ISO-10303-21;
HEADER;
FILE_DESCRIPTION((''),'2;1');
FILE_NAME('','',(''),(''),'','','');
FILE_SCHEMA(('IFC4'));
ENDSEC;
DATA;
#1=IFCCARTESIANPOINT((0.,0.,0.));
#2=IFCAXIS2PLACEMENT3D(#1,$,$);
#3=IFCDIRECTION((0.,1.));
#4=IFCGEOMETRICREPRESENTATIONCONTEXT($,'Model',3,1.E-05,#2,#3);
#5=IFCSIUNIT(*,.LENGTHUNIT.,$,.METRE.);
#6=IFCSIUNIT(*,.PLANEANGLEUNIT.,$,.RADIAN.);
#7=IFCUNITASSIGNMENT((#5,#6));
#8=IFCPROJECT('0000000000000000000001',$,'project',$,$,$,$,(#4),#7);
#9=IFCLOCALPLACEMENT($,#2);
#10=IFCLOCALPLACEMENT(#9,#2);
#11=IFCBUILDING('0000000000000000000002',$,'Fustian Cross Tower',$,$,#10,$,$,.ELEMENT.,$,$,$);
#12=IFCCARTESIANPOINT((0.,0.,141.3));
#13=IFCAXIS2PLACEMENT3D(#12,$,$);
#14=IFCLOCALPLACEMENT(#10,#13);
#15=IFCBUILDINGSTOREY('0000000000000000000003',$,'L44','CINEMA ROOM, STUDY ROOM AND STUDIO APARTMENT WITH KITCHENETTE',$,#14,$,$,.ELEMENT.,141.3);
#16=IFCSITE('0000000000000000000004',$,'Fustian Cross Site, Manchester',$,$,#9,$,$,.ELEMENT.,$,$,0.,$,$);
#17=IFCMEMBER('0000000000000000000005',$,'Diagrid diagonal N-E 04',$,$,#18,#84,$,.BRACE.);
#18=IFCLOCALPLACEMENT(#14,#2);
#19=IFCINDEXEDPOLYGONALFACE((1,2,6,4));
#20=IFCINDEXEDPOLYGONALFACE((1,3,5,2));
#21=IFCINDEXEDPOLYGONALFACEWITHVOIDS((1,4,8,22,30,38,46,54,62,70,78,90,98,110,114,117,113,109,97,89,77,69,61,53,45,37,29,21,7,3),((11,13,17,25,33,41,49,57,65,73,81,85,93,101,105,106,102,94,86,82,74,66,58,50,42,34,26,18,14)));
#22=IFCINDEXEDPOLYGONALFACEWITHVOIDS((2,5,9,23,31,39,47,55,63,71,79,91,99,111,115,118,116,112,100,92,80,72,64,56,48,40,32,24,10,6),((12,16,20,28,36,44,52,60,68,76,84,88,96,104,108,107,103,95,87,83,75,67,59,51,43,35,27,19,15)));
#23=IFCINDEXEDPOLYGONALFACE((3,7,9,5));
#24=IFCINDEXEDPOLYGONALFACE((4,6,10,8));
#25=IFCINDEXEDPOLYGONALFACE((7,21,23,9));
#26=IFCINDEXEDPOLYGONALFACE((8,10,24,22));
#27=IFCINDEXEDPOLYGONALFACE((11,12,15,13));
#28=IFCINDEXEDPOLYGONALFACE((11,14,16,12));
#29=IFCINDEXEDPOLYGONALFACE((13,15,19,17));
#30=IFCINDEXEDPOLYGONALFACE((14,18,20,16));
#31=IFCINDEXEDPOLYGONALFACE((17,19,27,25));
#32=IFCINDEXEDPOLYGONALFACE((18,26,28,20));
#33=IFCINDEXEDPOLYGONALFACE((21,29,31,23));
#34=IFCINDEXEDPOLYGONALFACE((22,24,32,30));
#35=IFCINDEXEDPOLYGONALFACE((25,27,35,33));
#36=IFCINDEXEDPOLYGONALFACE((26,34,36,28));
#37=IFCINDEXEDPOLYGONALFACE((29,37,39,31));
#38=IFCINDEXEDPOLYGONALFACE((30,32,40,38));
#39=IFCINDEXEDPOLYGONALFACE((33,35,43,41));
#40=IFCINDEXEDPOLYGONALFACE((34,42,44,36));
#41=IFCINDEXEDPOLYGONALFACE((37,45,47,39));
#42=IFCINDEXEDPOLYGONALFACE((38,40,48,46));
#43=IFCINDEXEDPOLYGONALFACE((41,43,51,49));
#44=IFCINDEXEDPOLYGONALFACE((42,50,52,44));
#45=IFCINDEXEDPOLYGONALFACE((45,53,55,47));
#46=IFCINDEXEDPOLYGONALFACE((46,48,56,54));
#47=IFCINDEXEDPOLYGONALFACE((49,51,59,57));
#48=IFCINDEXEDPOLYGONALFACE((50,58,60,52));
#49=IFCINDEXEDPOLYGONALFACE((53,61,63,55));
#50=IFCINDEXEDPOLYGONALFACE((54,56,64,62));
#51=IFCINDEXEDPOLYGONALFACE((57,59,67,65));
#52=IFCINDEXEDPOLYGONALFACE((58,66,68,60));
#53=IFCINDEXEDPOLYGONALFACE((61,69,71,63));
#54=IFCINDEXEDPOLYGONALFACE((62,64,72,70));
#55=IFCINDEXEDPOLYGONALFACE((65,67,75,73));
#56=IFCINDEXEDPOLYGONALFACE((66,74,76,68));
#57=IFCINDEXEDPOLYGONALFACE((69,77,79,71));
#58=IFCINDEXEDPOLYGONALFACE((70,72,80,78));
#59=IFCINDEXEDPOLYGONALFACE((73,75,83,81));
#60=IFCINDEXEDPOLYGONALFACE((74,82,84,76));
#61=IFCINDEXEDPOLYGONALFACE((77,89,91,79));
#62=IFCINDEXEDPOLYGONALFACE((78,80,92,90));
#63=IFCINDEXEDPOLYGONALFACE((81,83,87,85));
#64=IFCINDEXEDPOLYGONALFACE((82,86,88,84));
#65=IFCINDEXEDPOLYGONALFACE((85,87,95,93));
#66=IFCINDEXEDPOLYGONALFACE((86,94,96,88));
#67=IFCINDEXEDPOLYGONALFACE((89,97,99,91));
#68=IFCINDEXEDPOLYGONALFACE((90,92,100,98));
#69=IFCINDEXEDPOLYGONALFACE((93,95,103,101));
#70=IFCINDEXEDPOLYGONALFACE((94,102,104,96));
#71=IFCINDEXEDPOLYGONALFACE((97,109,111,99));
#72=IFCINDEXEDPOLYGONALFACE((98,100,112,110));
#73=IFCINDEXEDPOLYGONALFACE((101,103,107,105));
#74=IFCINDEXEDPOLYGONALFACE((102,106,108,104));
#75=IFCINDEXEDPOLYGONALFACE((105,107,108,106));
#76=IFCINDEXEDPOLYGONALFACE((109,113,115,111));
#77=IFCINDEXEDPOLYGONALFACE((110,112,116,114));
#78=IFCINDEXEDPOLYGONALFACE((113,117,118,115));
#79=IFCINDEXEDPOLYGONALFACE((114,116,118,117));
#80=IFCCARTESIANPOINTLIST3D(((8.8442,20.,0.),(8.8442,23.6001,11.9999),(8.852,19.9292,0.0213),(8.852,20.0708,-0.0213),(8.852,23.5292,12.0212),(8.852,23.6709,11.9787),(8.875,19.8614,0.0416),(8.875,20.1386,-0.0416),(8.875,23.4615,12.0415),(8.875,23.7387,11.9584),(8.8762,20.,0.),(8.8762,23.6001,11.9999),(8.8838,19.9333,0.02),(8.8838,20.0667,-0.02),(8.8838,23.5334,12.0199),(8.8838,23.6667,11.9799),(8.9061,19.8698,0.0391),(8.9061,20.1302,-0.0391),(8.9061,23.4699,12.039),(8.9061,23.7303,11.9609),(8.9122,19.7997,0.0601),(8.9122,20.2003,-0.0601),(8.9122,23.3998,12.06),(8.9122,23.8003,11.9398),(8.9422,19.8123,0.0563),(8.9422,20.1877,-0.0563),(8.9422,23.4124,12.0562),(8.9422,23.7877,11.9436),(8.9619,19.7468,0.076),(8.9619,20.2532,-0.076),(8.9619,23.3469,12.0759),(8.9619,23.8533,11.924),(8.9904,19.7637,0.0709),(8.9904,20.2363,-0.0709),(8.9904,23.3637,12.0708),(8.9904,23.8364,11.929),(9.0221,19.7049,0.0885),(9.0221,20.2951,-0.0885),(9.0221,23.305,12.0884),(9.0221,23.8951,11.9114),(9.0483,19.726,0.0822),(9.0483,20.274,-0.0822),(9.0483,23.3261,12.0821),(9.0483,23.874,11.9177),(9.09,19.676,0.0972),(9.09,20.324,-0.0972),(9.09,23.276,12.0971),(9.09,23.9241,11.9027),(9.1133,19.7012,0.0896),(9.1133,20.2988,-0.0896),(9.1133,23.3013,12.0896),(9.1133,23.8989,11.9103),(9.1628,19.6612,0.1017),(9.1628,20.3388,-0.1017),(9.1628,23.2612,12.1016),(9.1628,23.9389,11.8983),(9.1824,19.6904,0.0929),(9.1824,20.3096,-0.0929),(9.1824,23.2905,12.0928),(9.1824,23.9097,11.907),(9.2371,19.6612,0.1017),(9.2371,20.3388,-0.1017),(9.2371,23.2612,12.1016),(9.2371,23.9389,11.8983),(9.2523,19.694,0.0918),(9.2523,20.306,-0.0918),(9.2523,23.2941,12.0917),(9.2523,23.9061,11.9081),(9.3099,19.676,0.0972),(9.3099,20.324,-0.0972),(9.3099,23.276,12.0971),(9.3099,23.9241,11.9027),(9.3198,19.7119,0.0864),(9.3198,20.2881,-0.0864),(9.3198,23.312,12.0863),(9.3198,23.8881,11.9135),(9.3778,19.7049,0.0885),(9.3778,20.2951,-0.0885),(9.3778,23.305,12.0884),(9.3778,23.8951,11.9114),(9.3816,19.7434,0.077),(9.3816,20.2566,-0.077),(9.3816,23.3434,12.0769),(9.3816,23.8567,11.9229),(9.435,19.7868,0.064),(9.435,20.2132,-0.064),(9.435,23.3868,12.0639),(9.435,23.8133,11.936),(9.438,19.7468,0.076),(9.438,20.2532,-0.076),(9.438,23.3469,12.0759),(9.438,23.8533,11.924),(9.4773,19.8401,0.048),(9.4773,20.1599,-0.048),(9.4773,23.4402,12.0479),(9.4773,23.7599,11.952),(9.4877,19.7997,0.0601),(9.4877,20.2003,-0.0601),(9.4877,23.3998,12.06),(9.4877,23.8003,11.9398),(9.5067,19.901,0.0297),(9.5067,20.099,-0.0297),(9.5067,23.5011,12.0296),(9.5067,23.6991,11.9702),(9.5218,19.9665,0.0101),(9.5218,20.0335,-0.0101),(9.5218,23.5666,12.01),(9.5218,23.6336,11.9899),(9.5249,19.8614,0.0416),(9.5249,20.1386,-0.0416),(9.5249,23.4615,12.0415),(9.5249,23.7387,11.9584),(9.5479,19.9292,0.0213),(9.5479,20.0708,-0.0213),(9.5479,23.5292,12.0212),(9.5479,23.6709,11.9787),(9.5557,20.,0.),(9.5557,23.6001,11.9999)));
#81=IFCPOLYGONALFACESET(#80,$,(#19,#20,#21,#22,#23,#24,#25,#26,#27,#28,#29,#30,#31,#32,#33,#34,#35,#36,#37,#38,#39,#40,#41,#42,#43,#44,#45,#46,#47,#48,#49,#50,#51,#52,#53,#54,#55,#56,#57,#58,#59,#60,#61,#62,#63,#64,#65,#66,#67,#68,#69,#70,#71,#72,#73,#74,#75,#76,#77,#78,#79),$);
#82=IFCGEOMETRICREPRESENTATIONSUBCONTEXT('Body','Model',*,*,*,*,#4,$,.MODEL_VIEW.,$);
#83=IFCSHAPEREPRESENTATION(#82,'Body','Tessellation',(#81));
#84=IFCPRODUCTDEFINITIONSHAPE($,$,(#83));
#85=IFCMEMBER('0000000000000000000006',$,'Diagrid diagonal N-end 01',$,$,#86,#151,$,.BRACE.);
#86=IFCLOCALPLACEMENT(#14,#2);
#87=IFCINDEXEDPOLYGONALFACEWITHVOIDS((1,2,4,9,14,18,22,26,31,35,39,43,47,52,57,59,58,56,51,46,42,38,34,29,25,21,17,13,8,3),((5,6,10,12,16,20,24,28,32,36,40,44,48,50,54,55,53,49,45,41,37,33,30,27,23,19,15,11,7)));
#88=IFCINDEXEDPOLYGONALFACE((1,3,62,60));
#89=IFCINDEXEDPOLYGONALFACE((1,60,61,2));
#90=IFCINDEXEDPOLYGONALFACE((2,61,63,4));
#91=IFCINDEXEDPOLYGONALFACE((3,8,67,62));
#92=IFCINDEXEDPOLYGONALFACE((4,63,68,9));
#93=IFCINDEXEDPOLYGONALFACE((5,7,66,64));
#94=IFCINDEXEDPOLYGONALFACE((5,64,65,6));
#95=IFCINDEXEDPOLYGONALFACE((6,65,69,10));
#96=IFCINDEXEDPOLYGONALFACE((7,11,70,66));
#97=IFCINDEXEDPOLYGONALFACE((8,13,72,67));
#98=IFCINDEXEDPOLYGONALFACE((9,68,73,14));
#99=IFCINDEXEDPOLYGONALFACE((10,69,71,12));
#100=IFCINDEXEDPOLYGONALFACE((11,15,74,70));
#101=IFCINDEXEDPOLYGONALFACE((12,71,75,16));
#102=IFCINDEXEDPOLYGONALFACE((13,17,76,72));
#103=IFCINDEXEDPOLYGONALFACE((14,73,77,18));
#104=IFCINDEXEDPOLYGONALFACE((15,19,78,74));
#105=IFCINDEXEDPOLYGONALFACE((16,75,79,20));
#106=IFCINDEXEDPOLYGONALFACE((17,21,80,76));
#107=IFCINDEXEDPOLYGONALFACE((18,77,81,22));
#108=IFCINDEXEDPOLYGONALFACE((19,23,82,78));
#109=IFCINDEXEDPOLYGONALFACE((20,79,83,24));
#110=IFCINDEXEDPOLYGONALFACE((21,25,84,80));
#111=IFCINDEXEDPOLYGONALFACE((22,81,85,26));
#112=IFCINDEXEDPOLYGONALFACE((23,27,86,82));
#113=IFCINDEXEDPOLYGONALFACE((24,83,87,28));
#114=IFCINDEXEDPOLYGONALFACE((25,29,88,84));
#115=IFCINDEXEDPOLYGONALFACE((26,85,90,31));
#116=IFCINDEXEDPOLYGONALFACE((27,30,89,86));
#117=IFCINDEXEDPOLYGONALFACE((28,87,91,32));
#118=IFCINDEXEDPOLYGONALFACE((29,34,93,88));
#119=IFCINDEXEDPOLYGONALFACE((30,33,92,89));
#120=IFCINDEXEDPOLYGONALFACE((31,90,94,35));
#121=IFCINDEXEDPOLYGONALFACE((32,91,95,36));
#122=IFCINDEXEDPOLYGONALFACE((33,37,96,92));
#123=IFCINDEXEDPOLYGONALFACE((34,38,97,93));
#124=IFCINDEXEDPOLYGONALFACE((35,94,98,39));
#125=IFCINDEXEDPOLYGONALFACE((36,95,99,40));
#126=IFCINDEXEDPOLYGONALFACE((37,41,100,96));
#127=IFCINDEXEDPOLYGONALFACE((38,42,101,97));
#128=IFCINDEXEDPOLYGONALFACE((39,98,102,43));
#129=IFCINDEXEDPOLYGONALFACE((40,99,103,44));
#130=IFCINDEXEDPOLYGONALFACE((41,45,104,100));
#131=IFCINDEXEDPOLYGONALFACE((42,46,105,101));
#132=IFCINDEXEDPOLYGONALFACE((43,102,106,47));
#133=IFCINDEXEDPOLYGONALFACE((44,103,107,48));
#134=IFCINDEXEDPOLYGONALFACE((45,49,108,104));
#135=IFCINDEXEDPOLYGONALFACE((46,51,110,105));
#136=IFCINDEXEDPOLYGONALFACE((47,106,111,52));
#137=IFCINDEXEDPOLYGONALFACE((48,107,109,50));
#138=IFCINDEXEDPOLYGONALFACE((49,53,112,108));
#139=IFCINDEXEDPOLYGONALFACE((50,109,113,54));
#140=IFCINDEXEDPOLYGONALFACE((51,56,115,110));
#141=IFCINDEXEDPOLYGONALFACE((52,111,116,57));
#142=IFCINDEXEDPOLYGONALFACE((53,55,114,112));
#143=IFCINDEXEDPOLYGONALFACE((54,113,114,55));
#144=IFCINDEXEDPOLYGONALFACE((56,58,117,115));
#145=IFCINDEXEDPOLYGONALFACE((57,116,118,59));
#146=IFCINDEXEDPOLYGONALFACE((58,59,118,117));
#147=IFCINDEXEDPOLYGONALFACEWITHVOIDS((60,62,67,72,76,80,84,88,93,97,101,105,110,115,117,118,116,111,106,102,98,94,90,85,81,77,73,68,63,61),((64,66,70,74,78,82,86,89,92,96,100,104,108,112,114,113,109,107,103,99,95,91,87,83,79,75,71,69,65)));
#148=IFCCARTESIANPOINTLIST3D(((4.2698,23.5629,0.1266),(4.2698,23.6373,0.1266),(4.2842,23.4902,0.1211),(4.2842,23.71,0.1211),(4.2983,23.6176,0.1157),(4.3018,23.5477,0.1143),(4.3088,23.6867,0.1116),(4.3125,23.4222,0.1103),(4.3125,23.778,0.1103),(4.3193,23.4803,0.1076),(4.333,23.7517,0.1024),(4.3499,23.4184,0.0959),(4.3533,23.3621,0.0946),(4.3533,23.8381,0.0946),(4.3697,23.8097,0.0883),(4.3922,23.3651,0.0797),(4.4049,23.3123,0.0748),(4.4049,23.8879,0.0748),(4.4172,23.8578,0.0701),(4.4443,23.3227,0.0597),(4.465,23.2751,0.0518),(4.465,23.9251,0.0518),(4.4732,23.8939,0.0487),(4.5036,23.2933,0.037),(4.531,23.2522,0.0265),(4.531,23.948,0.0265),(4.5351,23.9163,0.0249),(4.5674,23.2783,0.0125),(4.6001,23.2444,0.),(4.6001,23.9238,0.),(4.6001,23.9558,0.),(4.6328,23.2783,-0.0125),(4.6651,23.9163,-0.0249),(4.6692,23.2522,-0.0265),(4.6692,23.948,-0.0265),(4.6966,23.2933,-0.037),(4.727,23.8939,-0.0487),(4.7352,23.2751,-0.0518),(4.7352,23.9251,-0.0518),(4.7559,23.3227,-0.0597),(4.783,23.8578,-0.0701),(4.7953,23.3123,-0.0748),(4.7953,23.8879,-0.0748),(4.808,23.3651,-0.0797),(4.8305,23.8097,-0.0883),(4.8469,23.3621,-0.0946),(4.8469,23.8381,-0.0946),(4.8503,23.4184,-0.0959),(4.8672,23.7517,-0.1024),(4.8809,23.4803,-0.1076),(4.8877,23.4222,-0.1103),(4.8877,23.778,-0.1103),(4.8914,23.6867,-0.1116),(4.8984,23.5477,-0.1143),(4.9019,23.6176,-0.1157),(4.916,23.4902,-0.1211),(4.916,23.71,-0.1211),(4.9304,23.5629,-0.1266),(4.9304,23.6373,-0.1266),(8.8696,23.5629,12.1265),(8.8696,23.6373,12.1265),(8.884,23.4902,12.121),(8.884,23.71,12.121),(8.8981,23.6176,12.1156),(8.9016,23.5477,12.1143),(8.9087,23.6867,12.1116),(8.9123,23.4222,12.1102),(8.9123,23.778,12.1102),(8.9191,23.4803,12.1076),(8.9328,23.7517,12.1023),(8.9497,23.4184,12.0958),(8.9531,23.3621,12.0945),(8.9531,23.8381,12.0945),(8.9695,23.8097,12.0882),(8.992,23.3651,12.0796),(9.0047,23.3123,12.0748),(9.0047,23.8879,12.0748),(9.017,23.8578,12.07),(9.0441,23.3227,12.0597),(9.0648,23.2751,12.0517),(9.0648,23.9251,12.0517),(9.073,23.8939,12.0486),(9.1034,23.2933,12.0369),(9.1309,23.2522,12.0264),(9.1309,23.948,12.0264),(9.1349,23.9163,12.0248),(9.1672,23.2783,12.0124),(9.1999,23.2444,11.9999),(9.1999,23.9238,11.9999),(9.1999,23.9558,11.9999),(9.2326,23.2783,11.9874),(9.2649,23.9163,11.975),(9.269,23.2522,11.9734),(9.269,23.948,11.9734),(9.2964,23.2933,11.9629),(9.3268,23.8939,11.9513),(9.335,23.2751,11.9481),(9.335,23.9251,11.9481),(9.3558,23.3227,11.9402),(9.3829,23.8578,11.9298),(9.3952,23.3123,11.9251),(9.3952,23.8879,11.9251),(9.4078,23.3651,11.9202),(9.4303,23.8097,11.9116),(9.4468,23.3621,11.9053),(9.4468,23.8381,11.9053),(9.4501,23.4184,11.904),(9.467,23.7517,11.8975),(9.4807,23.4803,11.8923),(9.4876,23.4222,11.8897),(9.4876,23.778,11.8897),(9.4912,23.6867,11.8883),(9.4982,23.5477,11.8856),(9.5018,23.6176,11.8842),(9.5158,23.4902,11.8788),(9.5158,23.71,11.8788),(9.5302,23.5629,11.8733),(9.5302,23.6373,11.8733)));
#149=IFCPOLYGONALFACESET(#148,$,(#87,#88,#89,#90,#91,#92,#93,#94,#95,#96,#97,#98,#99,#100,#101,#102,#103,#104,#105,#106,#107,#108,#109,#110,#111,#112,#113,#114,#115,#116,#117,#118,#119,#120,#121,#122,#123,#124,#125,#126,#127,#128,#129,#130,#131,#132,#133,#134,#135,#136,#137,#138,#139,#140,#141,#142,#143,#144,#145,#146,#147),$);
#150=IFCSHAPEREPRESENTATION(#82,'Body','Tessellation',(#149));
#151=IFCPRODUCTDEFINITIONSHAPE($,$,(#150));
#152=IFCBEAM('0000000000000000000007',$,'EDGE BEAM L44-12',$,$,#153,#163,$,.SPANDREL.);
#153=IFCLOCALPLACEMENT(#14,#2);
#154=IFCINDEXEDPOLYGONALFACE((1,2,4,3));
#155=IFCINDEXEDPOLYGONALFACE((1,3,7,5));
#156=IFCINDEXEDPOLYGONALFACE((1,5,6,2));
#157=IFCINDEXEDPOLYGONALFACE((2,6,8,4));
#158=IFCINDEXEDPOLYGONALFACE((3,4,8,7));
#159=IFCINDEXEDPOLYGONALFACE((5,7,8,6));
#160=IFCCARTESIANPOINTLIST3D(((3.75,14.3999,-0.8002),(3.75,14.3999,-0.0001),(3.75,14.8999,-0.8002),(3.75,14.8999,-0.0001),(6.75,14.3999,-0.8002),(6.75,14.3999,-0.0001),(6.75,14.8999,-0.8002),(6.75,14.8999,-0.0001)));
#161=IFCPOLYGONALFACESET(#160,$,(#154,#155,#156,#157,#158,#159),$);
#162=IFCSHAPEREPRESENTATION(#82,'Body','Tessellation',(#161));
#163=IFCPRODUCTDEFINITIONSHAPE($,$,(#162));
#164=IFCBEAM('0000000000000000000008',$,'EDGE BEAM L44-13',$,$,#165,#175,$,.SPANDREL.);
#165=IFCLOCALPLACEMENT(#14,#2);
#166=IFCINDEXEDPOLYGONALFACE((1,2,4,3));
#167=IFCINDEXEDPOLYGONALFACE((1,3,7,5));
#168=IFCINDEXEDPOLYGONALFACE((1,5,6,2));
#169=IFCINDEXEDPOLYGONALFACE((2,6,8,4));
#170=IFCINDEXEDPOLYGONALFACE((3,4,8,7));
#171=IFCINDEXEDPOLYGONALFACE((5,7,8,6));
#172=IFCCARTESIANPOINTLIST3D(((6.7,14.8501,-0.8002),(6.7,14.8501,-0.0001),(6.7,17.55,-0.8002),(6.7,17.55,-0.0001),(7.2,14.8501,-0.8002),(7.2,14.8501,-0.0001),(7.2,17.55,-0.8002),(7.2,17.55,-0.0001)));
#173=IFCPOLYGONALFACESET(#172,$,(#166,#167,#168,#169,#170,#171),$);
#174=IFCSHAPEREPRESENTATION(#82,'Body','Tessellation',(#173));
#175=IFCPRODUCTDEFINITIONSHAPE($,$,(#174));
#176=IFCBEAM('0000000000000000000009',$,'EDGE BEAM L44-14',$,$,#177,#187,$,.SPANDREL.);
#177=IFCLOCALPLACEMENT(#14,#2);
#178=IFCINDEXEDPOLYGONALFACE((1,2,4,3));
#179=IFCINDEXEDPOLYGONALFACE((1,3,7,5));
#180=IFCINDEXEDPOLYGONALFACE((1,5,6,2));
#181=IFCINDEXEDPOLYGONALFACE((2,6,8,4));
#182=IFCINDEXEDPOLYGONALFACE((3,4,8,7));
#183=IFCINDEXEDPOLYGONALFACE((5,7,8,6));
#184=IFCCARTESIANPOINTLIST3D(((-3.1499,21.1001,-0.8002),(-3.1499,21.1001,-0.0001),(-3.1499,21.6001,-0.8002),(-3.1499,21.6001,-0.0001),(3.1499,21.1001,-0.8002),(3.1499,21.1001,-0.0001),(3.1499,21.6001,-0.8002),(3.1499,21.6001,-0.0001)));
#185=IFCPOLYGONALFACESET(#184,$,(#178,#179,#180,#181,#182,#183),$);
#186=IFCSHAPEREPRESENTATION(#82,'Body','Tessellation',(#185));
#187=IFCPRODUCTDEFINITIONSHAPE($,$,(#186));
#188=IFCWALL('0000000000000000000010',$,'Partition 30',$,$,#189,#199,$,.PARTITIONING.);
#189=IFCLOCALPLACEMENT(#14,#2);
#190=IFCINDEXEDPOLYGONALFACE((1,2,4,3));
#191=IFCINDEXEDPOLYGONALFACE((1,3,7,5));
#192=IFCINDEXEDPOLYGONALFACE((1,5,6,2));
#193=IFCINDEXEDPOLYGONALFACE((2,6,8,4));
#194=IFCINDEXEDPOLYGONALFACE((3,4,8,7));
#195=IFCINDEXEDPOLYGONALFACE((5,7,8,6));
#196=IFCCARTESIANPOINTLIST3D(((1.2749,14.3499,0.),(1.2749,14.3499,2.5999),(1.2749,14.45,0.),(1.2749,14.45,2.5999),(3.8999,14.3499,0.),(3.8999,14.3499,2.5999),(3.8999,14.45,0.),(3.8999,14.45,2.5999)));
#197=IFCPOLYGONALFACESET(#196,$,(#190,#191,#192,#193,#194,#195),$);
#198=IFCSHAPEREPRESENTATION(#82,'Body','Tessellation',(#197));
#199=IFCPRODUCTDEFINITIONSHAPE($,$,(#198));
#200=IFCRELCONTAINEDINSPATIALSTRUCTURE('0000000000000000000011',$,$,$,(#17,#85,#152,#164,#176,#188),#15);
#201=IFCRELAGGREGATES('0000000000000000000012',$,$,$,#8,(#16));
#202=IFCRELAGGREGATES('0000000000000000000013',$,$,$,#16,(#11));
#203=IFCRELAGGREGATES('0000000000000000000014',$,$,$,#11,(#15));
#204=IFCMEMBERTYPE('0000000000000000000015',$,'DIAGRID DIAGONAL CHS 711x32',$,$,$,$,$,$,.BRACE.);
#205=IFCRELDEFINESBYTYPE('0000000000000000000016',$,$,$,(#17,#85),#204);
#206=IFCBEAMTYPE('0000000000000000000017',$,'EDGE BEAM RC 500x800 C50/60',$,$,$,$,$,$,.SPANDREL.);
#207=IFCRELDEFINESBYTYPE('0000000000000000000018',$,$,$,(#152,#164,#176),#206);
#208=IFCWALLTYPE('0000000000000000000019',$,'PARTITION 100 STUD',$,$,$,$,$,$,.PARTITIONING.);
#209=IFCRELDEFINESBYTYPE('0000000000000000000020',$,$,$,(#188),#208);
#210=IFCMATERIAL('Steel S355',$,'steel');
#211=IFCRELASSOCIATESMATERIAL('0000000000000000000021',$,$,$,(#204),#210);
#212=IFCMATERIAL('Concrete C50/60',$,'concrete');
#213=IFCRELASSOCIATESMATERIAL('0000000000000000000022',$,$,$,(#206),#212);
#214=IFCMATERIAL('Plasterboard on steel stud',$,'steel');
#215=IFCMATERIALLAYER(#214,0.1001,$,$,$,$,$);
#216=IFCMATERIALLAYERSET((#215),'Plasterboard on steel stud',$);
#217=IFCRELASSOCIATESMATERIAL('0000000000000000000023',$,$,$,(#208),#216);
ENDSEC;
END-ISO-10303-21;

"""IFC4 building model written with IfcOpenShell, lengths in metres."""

from ifc_helpers import new_model, si_unit, direction, frame, frame_2d, origin, origin_2d, place, context, subcontext, project, spatial, rectangle, hollow_circle, extrude, material, layer, layer_set, material_profile, profile_set, type_object, element, save


model = new_model("IFC4")

# Units and contexts
model_context = context("Model", 3, precision=1e-05, world=origin(), true_north=direction((0.0, 1.0)))
body_context = subcontext(model_context, "Body", "Model", "MODEL_VIEW")
ifc_project = project(units=[si_unit("LENGTHUNIT", "METRE"), si_unit("PLANEANGLEUNIT", "RADIAN")], contexts=[model_context])

# Site, building, storey
site_placement = place(None, origin())
site = spatial("IfcSite", under=ifc_project, at=site_placement, Name="Fustian Cross Site, Manchester", CompositionType="ELEMENT", RefElevation=0.0)
building_placement = place(site_placement, origin())
building = spatial("IfcBuilding", under=site, at=building_placement, Name="Fustian Cross Tower", CompositionType="ELEMENT")
storey_placement = place(building_placement, frame((0.0, 0.0, 141.3)))
storey = spatial("IfcBuildingStorey", under=building, at=storey_placement, Name="L44", Description="CINEMA ROOM, STUDY ROOM AND STUDIO APARTMENT WITH KITCHENETTE", CompositionType="ELEMENT", Elevation=141.3)

# Members
ifc_material_1 = material(Name="Steel S355", Category="steel")
ifc_material_profile_1 = material_profile(ifc_material_1, hollow_circle(Radius=0.3557, WallThickness=0.032, at=origin_2d()), Name="CHS 711x32")
ifc_profile_set_1 = profile_set([ifc_material_profile_1], Name="Steel S355")
member_type_1 = type_object("IfcMemberType", Name="DIAGRID DIAGONAL CHS 711x32", PredefinedType="BRACE", material=ifc_profile_set_1)
member_1_placement = place(storey_placement, frame((9.2, 20.0, 0.0), z_axis=(0.0, 0.287355, 0.957824), x_axis=(-1.0, 0.0, 0.0)))
element("IfcMember", 1, at=member_1_placement, inside=storey, type_object=member_type_1, Name="Diagrid diagonal N-E 04", PredefinedType="BRACE", context=body_context, shape_type="SweptSolid", body=[
    extrude(hollow_circle(Radius=0.3557, WallThickness=0.032, at=origin_2d()), origin(), (0.0, 0.0, 1.0), 12.5283),
])
member_2_placement = place(storey_placement, frame((4.6001, 23.6001, 0.0), z_axis=(0.357926, 0.0, 0.93375), x_axis=(0.0, 1.0, 0.0)))
element("IfcMember", 2, at=member_2_placement, inside=storey, type_object=member_type_1, Name="Diagrid diagonal N-end 01", PredefinedType="BRACE", context=body_context, shape_type="SweptSolid", body=[
    extrude(hollow_circle(Radius=0.3557, WallThickness=0.032, at=origin_2d()), origin(), (0.0, 0.0, 1.0), 12.8513),
])

# Beams
ifc_material_2 = material(Name="Concrete C50/60", Category="concrete")
ifc_material_profile_2 = material_profile(ifc_material_2, rectangle(XDim=0.5, YDim=0.8, at=origin_2d()), Name="RC 500x800")
ifc_profile_set_2 = profile_set([ifc_material_profile_2], Name="Concrete C50/60")
beam_type = type_object("IfcBeamType", Name="EDGE BEAM RC 500x800 C50/60", PredefinedType="SPANDREL", material=ifc_profile_set_2)
beam_1_placement = place(storey_placement, frame((3.75, 14.6499, -0.4001), z_axis=(1.0, 0.0, 0.0), x_axis=(0.0, 1.0, 0.0)))
element("IfcBeam", 3, at=beam_1_placement, inside=storey, type_object=beam_type, Name="EDGE BEAM L44-12", PredefinedType="SPANDREL", context=body_context, shape_type="SweptSolid", body=[
    extrude(rectangle(XDim=0.5, YDim=0.8, at=origin_2d()), origin(), (0.0, 0.0, 1.0), 3.0),
])
beam_2_placement = place(storey_placement, frame((6.95, 14.8501, -0.4001), z_axis=(0.0, 1.0, 0.0), x_axis=(-1.0, 0.0, 0.0)))
element("IfcBeam", 4, at=beam_2_placement, inside=storey, type_object=beam_type, Name="EDGE BEAM L44-13", PredefinedType="SPANDREL", context=body_context, shape_type="SweptSolid", body=[
    extrude(rectangle(XDim=0.5, YDim=0.8, at=origin_2d()), origin(), (0.0, 0.0, 1.0), 2.7),
])
beam_3_placement = place(storey_placement, frame((3.1499, 21.3501, -0.4001), z_axis=(-1.0, 0.0, 0.0), x_axis=(0.0, -1.0, 0.0)))
element("IfcBeam", 5, at=beam_3_placement, inside=storey, type_object=beam_type, Name="EDGE BEAM L44-14", PredefinedType="SPANDREL", context=body_context, shape_type="SweptSolid", body=[
    extrude(rectangle(XDim=0.5, YDim=0.8, at=origin_2d()), origin(), (0.0, 0.0, 1.0), 6.2998),
])

# Wall
ifc_material_3 = material(Name="Plasterboard on steel stud", Category="steel")
ifc_layer_1 = layer(ifc_material_3, 0.1001)
ifc_layer_set_1 = layer_set([ifc_layer_1], Name="Plasterboard on steel stud")
wall_type_1 = type_object("IfcWallType", Name="PARTITION 100 STUD", PredefinedType="PARTITIONING", material=ifc_layer_set_1)
wall_1_placement = place(storey_placement, frame((1.2749, 14.3999, 0.0), z_axis=(0.0, 0.0, 1.0), x_axis=(1.0, 0.0, 0.0)))
element("IfcWall", 6, at=wall_1_placement, inside=storey, type_object=wall_type_1, Name="Partition 30", PredefinedType="PARTITIONING", context=body_context, shape_type="SweptSolid", body=[
    extrude(rectangle(XDim=2.625, YDim=0.1001, at=frame_2d((1.3125, 0.0))), origin(), (0.0, 0.0, 1.0), 2.5999),
])

save(model, "model.ifc")
